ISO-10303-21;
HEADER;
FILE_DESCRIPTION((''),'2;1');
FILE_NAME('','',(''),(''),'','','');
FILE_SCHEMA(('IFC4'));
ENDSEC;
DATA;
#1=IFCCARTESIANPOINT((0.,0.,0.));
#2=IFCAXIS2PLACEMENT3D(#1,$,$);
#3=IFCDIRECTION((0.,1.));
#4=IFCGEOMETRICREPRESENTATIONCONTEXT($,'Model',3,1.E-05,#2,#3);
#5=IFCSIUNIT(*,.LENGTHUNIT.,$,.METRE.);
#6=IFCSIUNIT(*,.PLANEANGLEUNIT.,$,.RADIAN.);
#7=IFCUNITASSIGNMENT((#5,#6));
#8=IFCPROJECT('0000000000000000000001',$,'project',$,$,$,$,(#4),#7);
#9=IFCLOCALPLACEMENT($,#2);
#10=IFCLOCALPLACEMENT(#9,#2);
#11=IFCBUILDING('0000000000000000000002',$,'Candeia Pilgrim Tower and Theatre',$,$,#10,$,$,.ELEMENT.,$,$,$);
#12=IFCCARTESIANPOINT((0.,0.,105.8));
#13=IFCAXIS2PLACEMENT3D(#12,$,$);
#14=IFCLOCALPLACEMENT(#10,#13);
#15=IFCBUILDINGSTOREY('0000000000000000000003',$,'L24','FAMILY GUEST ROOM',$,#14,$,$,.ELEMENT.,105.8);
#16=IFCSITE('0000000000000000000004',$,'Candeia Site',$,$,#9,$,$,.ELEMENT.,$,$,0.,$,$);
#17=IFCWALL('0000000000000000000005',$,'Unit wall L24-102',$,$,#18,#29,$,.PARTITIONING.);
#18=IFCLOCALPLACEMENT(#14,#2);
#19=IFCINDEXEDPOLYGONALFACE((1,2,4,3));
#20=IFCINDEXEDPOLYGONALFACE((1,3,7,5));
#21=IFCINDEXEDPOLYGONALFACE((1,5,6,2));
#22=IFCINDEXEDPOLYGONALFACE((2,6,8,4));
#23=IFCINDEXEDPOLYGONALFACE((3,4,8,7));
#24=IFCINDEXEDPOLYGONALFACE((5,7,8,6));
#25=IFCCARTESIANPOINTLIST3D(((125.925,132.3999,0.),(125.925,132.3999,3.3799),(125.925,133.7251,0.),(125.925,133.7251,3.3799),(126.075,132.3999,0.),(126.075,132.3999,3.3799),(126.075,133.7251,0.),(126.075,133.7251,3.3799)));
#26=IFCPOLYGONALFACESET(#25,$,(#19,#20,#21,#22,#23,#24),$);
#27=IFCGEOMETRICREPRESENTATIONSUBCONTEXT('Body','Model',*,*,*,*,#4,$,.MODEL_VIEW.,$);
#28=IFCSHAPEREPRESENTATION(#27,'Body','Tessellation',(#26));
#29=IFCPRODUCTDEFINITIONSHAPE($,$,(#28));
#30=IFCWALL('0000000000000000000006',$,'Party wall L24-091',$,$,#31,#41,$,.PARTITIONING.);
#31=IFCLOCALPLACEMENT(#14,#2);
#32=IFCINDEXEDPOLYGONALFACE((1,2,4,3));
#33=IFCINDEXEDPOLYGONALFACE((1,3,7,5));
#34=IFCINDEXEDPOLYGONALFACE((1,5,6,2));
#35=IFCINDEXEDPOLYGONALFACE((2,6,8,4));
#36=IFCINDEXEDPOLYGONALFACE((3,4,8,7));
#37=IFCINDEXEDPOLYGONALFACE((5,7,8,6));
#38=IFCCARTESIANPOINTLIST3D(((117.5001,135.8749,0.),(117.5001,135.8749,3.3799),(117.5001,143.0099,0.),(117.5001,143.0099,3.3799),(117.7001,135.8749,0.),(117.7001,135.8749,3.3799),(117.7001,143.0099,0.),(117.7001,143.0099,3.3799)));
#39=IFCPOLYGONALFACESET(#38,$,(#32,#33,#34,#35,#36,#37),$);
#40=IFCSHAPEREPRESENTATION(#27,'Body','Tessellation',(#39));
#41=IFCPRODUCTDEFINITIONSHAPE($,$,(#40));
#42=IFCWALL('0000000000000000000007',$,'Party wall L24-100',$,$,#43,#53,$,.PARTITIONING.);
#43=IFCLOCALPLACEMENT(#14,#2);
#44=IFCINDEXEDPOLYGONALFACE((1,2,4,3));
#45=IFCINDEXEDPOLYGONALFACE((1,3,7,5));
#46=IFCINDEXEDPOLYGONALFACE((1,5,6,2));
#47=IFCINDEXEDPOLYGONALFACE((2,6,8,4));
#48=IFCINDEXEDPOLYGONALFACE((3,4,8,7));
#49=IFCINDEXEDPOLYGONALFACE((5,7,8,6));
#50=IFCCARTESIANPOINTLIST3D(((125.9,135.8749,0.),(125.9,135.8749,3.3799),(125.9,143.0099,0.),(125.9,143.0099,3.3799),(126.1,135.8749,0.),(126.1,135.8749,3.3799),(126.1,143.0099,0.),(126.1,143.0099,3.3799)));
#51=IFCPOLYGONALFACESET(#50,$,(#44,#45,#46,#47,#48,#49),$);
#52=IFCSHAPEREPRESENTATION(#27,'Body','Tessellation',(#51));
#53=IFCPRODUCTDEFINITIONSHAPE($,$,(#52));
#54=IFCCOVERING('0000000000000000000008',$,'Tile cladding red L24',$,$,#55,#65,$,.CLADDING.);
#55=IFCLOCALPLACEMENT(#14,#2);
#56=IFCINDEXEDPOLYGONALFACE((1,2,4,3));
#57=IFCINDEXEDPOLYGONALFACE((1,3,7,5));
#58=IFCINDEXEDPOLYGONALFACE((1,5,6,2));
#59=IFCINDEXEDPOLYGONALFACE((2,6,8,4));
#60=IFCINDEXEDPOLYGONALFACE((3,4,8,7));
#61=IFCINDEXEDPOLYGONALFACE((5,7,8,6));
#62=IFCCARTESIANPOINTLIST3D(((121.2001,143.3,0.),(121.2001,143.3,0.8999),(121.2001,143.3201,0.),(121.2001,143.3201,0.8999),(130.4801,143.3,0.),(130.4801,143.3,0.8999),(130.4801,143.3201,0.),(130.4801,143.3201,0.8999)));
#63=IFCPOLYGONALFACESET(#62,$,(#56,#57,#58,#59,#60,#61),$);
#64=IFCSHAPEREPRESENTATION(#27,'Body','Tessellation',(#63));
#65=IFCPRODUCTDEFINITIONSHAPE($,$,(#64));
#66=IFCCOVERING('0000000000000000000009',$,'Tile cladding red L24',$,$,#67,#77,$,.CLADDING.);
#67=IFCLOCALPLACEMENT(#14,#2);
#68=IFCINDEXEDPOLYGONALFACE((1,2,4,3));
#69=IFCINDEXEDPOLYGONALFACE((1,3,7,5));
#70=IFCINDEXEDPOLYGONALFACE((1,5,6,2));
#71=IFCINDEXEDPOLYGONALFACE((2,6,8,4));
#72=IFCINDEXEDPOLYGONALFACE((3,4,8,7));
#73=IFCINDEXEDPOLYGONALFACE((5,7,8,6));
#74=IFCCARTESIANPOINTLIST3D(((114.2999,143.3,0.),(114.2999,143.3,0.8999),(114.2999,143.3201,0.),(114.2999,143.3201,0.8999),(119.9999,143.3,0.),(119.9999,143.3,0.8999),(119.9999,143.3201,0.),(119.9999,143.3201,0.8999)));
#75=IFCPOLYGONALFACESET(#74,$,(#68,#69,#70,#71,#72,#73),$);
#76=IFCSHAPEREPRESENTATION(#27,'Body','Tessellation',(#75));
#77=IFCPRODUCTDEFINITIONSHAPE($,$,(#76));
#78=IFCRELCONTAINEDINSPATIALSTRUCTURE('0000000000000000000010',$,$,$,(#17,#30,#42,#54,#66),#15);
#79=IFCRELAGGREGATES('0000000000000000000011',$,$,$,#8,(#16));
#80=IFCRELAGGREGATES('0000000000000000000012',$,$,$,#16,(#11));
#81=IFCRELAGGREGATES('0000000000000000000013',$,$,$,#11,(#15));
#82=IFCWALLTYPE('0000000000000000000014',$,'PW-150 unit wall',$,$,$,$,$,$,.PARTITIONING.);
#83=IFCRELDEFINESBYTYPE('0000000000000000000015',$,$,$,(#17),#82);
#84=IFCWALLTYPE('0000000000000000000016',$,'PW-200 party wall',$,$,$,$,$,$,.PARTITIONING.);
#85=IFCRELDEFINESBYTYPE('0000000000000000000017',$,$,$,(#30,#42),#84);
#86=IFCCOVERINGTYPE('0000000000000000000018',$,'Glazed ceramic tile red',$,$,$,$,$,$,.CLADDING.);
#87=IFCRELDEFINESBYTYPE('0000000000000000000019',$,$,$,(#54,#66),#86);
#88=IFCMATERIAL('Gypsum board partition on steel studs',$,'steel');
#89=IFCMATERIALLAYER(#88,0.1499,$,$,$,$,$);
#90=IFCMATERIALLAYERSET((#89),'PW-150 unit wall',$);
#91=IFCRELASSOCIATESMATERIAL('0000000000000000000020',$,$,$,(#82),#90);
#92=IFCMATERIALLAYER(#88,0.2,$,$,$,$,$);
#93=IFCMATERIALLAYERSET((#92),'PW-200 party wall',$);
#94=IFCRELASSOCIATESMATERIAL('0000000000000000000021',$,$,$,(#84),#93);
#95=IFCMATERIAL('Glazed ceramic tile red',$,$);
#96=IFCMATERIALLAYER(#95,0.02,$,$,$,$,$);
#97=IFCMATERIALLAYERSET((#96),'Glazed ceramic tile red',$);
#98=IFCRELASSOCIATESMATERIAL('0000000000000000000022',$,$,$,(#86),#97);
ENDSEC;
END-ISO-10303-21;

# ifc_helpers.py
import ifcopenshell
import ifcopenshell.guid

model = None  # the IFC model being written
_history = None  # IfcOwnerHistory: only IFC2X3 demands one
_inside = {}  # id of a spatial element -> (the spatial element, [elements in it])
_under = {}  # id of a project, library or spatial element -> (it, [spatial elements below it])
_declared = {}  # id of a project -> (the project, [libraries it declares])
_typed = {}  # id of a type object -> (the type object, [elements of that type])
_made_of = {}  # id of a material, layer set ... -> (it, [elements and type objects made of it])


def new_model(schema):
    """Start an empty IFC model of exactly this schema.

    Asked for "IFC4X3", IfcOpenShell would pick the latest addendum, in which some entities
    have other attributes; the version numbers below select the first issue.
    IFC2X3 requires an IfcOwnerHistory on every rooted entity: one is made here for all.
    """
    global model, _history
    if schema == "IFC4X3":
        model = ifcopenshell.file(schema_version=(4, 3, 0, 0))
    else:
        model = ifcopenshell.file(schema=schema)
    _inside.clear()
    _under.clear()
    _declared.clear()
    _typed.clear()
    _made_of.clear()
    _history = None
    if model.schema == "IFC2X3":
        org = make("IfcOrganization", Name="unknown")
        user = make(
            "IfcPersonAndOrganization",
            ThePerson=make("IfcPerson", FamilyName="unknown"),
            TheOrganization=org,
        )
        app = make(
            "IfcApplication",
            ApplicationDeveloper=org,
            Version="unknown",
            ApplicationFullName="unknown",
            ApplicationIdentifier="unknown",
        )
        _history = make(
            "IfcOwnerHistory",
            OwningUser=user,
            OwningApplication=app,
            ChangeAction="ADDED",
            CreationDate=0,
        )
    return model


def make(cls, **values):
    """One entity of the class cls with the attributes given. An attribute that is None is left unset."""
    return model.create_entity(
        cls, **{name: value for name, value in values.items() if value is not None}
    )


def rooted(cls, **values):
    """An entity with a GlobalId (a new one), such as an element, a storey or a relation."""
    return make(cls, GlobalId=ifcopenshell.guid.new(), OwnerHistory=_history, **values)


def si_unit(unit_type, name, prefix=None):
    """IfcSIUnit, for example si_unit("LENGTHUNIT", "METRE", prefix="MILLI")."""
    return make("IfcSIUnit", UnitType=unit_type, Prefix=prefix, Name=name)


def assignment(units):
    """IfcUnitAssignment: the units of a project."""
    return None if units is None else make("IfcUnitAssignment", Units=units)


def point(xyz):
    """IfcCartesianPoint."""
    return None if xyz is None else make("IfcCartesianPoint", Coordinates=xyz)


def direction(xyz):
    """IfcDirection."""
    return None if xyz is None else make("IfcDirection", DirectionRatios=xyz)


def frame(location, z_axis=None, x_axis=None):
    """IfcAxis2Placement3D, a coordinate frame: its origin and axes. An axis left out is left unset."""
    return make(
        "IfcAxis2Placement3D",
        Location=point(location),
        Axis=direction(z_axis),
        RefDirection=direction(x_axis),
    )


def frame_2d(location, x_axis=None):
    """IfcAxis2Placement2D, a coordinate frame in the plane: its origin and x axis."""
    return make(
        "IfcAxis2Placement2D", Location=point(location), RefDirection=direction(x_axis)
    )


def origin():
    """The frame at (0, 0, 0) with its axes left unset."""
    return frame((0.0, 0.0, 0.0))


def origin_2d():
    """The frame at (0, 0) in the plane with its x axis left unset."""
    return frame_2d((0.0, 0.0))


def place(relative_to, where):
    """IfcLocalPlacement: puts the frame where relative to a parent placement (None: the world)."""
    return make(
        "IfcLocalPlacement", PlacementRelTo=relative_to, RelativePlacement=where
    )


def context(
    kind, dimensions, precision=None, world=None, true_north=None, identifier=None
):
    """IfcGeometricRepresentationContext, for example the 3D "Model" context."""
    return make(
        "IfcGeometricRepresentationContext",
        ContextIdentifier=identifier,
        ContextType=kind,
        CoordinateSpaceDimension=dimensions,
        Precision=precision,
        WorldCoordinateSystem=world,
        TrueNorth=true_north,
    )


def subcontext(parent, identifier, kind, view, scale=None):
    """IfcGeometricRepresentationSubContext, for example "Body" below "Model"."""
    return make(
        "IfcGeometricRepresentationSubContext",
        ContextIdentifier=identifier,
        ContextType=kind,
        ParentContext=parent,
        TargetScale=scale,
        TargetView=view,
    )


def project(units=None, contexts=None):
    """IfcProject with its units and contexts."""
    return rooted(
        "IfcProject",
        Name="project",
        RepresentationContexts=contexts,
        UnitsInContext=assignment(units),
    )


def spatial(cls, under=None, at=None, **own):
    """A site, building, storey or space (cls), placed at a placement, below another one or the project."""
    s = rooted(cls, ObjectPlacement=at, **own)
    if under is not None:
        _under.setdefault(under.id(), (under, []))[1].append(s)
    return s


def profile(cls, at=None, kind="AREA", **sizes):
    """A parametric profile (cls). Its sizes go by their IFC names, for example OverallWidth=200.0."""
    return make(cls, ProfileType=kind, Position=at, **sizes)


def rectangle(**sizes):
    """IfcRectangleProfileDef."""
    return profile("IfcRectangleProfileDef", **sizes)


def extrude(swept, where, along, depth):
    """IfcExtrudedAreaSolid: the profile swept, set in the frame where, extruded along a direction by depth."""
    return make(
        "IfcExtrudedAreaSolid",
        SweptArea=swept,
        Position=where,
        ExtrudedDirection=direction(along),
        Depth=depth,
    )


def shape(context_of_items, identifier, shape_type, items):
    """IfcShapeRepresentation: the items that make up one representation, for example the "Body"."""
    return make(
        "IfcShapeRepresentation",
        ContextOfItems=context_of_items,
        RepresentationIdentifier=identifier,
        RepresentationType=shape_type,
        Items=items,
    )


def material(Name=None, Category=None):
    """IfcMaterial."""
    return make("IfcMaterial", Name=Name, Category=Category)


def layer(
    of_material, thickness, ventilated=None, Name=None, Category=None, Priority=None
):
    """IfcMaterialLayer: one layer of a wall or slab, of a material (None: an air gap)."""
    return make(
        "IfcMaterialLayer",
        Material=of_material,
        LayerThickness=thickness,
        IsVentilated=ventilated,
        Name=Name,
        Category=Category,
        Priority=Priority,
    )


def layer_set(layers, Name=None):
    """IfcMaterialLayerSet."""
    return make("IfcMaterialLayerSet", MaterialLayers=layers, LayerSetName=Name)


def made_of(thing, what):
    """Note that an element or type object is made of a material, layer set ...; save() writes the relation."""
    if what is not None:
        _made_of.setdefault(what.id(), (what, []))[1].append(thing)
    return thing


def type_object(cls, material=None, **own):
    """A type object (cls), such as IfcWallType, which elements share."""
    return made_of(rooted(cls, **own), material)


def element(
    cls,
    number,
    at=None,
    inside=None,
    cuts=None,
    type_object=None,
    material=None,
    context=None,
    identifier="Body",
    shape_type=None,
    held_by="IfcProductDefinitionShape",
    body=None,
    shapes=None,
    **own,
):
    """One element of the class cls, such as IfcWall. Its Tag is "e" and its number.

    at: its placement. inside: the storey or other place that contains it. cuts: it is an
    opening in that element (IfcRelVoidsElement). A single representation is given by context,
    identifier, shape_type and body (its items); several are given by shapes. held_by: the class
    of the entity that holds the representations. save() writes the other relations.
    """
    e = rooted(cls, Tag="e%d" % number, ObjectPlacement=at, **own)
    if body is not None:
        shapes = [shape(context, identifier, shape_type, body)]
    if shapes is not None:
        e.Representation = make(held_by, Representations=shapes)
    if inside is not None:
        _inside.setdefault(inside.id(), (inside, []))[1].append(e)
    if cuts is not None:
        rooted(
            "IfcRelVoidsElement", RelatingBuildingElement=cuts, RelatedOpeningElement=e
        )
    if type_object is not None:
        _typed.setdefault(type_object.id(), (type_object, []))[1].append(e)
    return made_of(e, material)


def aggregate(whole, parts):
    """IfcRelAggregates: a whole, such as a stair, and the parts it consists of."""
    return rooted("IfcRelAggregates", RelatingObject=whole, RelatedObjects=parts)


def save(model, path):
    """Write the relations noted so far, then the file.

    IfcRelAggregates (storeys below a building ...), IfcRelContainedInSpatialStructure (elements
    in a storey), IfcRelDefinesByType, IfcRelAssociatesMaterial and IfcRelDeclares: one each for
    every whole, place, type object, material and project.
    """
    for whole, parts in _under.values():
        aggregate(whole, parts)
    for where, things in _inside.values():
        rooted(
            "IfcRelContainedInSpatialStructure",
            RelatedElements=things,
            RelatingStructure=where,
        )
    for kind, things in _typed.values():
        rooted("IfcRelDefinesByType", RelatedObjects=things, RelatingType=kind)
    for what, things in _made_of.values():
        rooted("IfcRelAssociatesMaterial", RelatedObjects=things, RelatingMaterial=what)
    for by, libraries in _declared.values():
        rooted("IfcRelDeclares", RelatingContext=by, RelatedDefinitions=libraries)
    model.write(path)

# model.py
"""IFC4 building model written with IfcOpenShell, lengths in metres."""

from ifc_helpers import new_model, si_unit, direction, frame, frame_2d, origin, origin_2d, place, context, subcontext, project, spatial, rectangle, extrude, material, layer, layer_set, type_object, element, save


model = new_model("IFC4")

# Units and contexts
model_context = context("Model", 3, precision=1e-05, world=origin(), true_north=direction((0.0, 1.0)))
body_context = subcontext(model_context, "Body", "Model", "MODEL_VIEW")
ifc_project = project(units=[si_unit("LENGTHUNIT", "METRE"), si_unit("PLANEANGLEUNIT", "RADIAN")], contexts=[model_context])

# Site, building, storey
site_placement = place(None, origin())
site = spatial("IfcSite", under=ifc_project, at=site_placement, Name="Candeia Site", CompositionType="ELEMENT", RefElevation=0.0)
building_placement = place(site_placement, origin())
building = spatial("IfcBuilding", under=site, at=building_placement, Name="Candeia Pilgrim Tower and Theatre", CompositionType="ELEMENT")
storey_placement = place(building_placement, frame((0.0, 0.0, 105.8)))
storey = spatial("IfcBuildingStorey", under=building, at=storey_placement, Name="L24", Description="FAMILY GUEST ROOM", CompositionType="ELEMENT", Elevation=105.8)

# Shared definitions
ifc_material_1 = material(Name="Gypsum board partition on steel studs", Category="steel")

# Walls
ifc_layer_1 = layer(ifc_material_1, 0.1499)
ifc_layer_set_1 = layer_set([ifc_layer_1], Name="PW-150 unit wall")
wall_type_1 = type_object("IfcWallType", Name="PW-150 unit wall", PredefinedType="PARTITIONING", material=ifc_layer_set_1)
wall_1_placement = place(storey_placement, frame((126.0, 132.3999, 0.0), z_axis=(0.0, 0.0, 1.0), x_axis=(0.0, 1.0, 0.0)))
element("IfcWall", 1, at=wall_1_placement, inside=storey, type_object=wall_type_1, Name="Unit wall L24-102", PredefinedType="PARTITIONING", context=body_context, shape_type="SweptSolid", body=[
    extrude(rectangle(XDim=1.3252, YDim=0.1499, at=frame_2d((0.6626, 0.0))), origin(), (0.0, 0.0, 1.0), 3.3799),
])
ifc_layer_2 = layer(ifc_material_1, 0.2)
ifc_layer_set_2 = layer_set([ifc_layer_2], Name="PW-200 party wall")
wall_type_2 = type_object("IfcWallType", Name="PW-200 party wall", PredefinedType="PARTITIONING", material=ifc_layer_set_2)
for number, where, z_axis, x_axis, name in (
    (2, (117.6001, 135.875, 0.0), (0.0, 0.0, 1.0), (0.0, 1.0, 0.0), "Party wall L24-091"),
    (3, (126.0, 135.875, 0.0), (0.0, 0.0, 1.0), (0.0, 1.0, 0.0), "Party wall L24-100"),
):
    element("IfcWall", number, at=place(storey_placement, frame(where, z_axis=z_axis, x_axis=x_axis)), inside=storey, type_object=wall_type_2, Name=name, PredefinedType="PARTITIONING", context=body_context, shape_type="SweptSolid", body=[
        extrude(rectangle(XDim=7.135, YDim=0.2, at=frame_2d((3.5674, 0.0))), origin(), (0.0, 0.0, 1.0), 3.3799),
    ])

# Coverings
ifc_material_2 = material(Name="Glazed ceramic tile red")
ifc_layer_3 = layer(ifc_material_2, 0.02)
ifc_layer_set_3 = layer_set([ifc_layer_3], Name="Glazed ceramic tile red")
covering_type = type_object("IfcCoveringType", Name="Glazed ceramic tile red", PredefinedType="CLADDING", material=ifc_layer_set_3)
covering_1_placement = place(storey_placement, frame((125.8401, 143.3101, 0.0), z_axis=(0.0, 0.0, 1.0), x_axis=(-1.0, 0.0, 0.0)))
element("IfcCovering", 4, at=covering_1_placement, inside=storey, type_object=covering_type, Name="Tile cladding red L24", PredefinedType="CLADDING", context=body_context, shape_type="SweptSolid", body=[
    extrude(rectangle(XDim=9.28, YDim=0.02, at=origin_2d()), origin(), (0.0, 0.0, 1.0), 0.8999),
])
covering_2_placement = place(storey_placement, frame((117.1499, 143.3101, 0.0), z_axis=(0.0, 0.0, 1.0), x_axis=(-1.0, 0.0, 0.0)))
element("IfcCovering", 5, at=covering_2_placement, inside=storey, type_object=covering_type, Name="Tile cladding red L24", PredefinedType="CLADDING", context=body_context, shape_type="SweptSolid", body=[
    extrude(rectangle(XDim=5.7, YDim=0.02, at=origin_2d()), origin(), (0.0, 0.0, 1.0), 0.8999),
])

save(model, "model.ifc")
